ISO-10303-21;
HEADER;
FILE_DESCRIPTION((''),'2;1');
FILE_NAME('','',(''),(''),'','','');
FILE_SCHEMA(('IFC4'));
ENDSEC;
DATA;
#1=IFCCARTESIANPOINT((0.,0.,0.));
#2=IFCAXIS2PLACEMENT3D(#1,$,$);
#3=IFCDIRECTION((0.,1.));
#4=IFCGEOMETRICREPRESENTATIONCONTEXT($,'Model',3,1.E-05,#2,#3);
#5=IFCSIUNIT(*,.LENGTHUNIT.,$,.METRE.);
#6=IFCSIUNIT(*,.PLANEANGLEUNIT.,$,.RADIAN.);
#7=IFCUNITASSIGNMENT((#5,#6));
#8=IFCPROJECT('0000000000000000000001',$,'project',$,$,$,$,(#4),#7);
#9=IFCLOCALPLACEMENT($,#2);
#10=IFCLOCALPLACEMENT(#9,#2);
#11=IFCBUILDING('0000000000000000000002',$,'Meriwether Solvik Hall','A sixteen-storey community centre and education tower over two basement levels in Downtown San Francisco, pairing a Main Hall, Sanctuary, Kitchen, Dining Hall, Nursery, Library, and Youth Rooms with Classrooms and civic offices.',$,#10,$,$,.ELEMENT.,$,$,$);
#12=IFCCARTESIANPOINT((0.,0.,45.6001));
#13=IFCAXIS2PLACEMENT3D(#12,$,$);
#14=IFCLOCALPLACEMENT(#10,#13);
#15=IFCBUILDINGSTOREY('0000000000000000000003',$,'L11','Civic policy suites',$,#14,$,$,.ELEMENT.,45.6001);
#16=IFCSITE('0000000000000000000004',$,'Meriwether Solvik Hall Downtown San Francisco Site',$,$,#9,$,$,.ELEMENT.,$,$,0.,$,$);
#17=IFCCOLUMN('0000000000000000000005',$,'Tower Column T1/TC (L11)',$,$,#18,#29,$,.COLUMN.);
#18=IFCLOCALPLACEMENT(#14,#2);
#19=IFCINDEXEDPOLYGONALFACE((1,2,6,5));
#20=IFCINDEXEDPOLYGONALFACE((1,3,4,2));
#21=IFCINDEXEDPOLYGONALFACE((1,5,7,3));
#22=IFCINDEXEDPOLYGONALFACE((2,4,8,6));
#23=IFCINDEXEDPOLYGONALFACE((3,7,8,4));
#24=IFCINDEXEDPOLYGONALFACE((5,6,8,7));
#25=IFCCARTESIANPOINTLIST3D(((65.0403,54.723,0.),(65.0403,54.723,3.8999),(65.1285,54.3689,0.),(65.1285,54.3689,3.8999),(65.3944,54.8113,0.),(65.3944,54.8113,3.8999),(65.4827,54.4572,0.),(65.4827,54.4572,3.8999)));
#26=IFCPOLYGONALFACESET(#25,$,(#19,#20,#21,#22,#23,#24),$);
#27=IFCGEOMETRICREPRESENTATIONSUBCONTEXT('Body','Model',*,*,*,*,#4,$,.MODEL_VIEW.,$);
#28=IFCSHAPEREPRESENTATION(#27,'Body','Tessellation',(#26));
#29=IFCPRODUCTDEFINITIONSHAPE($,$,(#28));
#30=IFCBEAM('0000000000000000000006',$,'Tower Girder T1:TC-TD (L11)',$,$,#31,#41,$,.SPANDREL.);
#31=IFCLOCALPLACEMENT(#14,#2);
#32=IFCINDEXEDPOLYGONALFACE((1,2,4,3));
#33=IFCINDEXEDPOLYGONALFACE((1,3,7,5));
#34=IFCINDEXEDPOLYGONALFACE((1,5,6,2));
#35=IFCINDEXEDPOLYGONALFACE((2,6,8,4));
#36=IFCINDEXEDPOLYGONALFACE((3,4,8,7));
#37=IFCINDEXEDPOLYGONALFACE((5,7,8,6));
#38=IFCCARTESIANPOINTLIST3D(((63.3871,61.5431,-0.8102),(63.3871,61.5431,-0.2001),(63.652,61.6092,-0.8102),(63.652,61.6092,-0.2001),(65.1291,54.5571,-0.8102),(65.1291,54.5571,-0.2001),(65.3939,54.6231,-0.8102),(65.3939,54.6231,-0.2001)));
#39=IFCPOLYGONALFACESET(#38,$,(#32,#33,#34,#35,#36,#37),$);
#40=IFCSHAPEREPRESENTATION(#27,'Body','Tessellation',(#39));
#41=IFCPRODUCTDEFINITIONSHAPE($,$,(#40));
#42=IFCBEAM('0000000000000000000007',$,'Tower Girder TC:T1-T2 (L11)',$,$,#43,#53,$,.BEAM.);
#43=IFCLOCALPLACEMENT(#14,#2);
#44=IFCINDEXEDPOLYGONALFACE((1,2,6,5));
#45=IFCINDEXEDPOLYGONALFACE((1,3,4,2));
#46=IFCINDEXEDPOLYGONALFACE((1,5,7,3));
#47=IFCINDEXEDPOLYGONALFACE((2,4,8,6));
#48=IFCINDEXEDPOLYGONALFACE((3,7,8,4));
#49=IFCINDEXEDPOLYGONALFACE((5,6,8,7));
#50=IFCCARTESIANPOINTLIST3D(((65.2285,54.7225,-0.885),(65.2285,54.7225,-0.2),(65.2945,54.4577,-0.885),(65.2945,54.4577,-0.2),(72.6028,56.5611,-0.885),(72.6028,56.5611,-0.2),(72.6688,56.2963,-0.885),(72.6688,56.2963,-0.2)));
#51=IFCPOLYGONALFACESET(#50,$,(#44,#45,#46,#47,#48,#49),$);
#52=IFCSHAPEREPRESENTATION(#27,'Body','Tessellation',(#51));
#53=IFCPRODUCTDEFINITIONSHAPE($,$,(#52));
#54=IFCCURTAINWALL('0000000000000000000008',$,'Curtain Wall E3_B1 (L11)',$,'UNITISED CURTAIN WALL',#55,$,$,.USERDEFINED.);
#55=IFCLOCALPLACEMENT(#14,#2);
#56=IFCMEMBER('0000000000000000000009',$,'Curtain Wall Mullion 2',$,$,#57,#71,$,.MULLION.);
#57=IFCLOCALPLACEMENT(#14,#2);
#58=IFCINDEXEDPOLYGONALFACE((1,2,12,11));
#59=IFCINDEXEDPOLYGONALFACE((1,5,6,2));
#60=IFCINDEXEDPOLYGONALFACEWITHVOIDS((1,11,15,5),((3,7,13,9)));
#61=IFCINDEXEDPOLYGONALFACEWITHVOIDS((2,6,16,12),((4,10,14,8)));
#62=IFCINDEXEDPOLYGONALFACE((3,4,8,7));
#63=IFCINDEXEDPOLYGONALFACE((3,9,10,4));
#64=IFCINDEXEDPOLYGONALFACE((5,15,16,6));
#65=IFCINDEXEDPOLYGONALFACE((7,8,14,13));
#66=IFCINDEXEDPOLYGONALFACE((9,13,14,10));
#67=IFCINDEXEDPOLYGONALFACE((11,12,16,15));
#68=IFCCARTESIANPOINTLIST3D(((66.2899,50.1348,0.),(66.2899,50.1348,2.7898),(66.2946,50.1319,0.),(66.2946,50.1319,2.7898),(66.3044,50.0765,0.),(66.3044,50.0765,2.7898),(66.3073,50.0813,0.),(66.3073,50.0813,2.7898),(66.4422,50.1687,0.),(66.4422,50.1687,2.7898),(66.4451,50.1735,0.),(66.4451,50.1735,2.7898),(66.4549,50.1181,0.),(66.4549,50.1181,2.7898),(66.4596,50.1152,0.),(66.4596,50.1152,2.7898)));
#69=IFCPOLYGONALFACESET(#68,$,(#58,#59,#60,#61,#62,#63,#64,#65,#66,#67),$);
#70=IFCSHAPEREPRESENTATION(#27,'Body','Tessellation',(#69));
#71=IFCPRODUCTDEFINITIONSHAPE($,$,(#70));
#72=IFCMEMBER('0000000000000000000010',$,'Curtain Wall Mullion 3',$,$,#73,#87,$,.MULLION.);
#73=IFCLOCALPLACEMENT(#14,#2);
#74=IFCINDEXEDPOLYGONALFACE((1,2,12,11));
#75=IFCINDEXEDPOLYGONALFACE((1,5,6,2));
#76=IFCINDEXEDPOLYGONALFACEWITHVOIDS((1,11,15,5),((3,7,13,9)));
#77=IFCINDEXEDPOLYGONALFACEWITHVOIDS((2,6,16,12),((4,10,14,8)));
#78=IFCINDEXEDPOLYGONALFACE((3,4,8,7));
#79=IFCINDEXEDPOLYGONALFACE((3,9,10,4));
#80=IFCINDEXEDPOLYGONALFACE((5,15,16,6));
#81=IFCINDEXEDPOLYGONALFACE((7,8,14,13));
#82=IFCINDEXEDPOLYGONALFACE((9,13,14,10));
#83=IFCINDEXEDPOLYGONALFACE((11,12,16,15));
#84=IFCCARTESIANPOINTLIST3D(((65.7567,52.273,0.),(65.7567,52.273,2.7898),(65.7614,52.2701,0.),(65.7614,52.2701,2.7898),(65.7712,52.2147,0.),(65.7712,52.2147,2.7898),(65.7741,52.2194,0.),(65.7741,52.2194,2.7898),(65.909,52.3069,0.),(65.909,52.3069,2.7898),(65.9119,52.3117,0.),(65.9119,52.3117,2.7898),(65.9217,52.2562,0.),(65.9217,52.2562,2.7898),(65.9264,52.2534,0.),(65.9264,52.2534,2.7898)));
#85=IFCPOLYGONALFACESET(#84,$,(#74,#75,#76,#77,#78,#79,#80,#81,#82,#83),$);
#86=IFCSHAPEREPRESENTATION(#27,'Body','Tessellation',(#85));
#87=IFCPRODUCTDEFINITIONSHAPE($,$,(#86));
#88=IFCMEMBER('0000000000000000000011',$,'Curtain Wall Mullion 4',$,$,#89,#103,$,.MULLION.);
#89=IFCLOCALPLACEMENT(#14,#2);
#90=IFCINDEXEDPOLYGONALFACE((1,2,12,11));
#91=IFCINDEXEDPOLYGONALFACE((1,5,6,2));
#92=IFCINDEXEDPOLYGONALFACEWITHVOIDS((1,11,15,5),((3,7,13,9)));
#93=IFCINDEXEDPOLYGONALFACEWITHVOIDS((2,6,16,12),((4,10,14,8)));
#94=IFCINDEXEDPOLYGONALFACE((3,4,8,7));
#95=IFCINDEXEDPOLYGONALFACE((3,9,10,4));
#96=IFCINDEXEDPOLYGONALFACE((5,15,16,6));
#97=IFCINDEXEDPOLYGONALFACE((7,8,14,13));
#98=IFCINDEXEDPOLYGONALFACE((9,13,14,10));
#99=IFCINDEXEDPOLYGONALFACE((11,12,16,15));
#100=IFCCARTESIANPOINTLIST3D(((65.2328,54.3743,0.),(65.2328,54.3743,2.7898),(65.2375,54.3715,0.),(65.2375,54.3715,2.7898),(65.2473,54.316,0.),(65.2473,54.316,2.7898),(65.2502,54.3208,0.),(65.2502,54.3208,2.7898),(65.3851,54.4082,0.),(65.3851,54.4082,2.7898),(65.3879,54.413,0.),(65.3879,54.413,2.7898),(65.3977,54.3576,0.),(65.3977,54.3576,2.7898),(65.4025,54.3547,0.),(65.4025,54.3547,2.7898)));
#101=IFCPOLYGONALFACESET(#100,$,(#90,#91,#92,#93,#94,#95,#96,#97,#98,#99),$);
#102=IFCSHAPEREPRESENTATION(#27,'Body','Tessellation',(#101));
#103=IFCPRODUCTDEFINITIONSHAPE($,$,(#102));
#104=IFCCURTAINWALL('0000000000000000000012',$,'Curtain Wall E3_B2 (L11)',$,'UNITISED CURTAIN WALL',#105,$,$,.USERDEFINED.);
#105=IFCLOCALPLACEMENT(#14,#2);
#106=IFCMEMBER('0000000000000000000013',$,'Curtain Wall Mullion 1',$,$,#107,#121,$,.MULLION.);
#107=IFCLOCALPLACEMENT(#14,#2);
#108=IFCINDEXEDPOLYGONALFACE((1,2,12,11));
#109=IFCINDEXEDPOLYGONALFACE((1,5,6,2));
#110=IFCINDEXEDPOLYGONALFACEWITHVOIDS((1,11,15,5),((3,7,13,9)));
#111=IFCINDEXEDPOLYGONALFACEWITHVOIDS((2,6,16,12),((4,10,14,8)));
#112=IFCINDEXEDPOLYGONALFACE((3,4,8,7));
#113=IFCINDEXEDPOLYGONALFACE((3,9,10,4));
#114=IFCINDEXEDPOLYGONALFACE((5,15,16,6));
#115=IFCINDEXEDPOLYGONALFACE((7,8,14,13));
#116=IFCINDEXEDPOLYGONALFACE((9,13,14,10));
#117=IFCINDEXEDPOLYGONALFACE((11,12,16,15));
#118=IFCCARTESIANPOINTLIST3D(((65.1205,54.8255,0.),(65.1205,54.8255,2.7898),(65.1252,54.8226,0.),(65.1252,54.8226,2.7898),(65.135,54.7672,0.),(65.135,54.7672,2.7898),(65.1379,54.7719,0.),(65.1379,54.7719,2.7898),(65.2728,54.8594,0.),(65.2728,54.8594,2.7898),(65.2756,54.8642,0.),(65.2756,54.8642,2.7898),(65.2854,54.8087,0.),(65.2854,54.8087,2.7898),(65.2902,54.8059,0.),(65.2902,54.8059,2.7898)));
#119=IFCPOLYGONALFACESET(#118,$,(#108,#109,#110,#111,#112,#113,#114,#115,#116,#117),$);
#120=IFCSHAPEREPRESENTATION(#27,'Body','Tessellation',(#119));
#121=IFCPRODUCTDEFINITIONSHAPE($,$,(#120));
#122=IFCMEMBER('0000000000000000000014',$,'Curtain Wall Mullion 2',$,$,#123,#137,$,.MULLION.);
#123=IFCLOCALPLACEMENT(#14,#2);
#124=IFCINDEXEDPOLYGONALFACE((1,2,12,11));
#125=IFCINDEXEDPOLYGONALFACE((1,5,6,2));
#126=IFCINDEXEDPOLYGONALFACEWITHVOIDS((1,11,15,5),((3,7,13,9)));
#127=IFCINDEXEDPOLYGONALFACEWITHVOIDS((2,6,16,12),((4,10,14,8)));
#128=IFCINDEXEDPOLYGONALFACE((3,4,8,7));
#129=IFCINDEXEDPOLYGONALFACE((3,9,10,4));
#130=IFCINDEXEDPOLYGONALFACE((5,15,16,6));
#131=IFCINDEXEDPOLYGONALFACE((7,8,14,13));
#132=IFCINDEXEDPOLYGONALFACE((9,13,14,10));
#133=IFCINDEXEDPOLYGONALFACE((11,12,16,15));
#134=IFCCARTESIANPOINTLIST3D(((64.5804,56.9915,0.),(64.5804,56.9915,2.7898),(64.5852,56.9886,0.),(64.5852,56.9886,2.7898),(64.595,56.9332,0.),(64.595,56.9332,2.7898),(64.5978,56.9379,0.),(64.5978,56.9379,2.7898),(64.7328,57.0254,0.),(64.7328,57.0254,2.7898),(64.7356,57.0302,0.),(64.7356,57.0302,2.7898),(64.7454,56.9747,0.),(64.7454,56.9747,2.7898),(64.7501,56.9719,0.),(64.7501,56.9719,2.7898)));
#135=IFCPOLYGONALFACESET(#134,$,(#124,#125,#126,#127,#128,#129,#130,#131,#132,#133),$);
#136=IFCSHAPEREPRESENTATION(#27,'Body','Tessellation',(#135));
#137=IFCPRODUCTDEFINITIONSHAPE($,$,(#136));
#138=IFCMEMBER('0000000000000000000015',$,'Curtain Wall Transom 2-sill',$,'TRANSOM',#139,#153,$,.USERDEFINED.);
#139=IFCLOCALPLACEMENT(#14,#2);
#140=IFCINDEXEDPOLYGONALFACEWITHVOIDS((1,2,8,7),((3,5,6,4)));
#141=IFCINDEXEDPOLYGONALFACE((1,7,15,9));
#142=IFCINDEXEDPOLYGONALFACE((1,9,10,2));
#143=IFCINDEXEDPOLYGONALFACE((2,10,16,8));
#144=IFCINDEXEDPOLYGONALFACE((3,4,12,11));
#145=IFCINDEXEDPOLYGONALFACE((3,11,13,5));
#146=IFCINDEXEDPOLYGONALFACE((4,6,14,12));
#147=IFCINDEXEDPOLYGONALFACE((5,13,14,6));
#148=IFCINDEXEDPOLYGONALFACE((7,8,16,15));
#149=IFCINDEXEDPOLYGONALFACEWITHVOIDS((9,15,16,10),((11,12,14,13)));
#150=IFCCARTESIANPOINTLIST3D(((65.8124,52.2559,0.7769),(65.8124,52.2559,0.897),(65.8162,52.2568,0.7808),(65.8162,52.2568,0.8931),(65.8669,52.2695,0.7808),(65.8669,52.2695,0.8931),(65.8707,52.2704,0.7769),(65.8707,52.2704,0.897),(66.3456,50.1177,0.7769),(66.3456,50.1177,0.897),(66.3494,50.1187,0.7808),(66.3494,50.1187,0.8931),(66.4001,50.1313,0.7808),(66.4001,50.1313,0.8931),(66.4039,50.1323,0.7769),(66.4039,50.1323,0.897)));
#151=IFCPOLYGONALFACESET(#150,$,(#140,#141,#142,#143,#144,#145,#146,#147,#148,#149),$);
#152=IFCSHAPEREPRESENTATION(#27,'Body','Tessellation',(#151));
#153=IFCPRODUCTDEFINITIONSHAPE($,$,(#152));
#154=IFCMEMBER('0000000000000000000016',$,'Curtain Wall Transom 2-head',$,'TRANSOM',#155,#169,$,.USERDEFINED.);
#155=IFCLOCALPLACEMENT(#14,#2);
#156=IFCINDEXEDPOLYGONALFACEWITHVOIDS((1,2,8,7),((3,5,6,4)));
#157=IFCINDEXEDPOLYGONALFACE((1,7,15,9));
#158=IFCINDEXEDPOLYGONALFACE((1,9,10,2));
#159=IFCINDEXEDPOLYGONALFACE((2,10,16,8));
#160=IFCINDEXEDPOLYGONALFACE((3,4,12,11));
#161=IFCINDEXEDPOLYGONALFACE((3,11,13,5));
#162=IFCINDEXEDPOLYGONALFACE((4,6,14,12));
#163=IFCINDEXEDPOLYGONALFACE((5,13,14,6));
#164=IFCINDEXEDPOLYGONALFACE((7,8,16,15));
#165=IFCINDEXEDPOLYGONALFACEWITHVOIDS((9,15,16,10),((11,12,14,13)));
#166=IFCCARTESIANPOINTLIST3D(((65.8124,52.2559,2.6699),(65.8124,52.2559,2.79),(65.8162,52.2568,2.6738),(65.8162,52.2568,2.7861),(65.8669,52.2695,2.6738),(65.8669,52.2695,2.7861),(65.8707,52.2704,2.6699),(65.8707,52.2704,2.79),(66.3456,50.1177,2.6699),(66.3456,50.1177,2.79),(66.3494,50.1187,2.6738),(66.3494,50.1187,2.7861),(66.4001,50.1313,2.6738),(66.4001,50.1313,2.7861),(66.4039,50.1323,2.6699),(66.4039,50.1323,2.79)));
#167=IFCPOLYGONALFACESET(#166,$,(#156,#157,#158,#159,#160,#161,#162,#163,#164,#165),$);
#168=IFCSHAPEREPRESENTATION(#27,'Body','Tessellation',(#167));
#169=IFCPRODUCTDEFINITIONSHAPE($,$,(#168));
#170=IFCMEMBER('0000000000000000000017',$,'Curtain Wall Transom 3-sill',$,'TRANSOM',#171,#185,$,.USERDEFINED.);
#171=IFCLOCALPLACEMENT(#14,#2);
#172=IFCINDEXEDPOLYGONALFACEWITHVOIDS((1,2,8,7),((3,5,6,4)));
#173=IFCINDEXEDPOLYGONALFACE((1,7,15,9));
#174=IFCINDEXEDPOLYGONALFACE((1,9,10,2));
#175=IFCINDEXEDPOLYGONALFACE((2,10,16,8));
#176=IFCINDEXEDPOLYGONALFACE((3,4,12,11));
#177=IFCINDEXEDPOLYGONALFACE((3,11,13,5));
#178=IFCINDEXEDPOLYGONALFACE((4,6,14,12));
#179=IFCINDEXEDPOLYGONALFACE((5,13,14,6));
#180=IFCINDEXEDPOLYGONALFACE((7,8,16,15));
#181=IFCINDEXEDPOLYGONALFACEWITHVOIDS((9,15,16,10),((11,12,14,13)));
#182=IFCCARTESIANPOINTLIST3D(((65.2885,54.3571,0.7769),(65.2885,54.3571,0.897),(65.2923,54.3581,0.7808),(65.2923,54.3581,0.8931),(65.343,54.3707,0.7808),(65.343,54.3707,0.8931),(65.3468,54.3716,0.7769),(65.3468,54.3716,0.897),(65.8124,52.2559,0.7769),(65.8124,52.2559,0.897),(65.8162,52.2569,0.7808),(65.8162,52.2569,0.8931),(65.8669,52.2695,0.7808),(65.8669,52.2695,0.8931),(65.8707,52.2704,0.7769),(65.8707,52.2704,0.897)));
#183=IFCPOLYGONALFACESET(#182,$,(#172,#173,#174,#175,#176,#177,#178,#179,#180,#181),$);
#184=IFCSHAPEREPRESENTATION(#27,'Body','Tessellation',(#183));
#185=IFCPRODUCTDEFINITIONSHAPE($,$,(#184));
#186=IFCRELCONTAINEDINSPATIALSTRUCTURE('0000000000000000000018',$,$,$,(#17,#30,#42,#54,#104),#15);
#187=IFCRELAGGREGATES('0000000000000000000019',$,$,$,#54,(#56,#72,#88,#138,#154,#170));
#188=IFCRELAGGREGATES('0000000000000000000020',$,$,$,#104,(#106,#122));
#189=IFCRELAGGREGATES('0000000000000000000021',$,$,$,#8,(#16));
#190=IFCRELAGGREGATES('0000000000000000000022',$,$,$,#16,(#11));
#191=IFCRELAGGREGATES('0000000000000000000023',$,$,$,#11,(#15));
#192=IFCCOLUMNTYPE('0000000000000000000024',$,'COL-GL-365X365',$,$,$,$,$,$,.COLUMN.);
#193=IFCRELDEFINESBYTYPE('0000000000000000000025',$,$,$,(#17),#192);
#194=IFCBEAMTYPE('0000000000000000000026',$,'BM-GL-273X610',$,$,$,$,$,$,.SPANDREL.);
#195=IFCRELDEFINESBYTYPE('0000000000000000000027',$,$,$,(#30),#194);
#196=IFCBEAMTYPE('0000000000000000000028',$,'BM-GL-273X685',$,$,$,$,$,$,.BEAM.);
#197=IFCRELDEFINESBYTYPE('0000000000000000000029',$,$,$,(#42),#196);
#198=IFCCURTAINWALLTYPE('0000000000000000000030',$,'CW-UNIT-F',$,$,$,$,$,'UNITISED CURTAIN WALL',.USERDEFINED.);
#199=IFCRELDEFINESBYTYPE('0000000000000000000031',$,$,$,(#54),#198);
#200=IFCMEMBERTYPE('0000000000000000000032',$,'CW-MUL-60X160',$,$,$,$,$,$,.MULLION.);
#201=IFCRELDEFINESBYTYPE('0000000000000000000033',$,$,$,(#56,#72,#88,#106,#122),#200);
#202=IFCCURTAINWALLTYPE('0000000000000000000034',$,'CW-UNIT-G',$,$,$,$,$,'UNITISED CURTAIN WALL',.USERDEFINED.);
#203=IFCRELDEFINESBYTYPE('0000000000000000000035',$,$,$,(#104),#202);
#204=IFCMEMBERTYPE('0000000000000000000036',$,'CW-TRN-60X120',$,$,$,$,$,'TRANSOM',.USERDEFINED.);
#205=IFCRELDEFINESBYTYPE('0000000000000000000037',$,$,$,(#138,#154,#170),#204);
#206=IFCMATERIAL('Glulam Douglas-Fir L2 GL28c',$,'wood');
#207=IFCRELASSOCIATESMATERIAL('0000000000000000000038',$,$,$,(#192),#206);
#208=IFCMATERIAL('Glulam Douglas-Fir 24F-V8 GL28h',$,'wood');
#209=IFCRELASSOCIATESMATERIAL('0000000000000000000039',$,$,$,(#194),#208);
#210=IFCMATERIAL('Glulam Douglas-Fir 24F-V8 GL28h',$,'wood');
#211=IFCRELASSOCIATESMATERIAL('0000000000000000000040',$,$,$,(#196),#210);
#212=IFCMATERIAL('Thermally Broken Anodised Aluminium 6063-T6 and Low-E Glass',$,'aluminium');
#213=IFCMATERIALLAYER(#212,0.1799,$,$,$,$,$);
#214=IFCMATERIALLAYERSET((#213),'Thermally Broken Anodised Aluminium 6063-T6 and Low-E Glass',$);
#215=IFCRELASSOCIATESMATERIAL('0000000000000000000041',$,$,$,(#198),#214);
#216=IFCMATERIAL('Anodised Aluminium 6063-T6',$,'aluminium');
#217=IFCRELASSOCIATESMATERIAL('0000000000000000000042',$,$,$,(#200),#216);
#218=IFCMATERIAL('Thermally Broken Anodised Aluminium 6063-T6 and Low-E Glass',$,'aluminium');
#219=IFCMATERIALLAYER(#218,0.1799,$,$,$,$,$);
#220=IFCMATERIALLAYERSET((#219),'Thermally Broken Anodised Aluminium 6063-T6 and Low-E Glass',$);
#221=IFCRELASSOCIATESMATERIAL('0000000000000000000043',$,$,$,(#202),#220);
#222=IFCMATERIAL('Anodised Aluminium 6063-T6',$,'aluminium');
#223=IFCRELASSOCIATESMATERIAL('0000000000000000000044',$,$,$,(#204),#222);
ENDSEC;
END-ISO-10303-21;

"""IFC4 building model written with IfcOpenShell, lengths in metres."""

from ifc_helpers import new_model, si_unit, direction, frame, origin, origin_2d, place, context, subcontext, project, spatial, rectangle, hollow_rectangle, extrude, material, layer, layer_set, material_profile, profile_set, type_object, element, aggregate, save


model = new_model("IFC4")

# Units and contexts
model_context = context("Model", 3, precision=1e-05, world=origin(), true_north=direction((0.0, 1.0)))
body_context = subcontext(model_context, "Body", "Model", "MODEL_VIEW")
ifc_project = project(units=[si_unit("LENGTHUNIT", "METRE"), si_unit("PLANEANGLEUNIT", "RADIAN")], contexts=[model_context])

# Site, building, storey
site_placement = place(None, origin())
site = spatial("IfcSite", under=ifc_project, at=site_placement, Name="Meriwether Solvik Hall Downtown San Francisco Site", CompositionType="ELEMENT", RefElevation=0.0)
building_placement = place(site_placement, origin())
building = spatial("IfcBuilding", under=site, at=building_placement, Name="Meriwether Solvik Hall", Description="A sixteen-storey community centre and education tower over two basement levels in Downtown San Francisco, pairing a Main Hall, Sanctuary, Kitchen, Dining Hall, Nursery, Library, and Youth Rooms with Classrooms and civic offices.", CompositionType="ELEMENT")
storey_placement = place(building_placement, frame((0.0, 0.0, 45.6001)))
storey = spatial("IfcBuildingStorey", under=building, at=storey_placement, Name="L11", Description="Civic policy suites", CompositionType="ELEMENT", Elevation=45.6001)

# Column
ifc_material_1 = material(Name="Glulam Douglas-Fir L2 GL28c", Category="wood")
ifc_material_profile_1 = material_profile(ifc_material_1, rectangle(XDim=0.365, YDim=0.365, at=origin_2d()), Name="GLC-365X365")
ifc_profile_set_1 = profile_set([ifc_material_profile_1], Name="Glulam Douglas-Fir L2 GL28c")
column_type = type_object("IfcColumnType", Name="COL-GL-365X365", PredefinedType="COLUMN", material=ifc_profile_set_1)
column_placement = place(storey_placement, frame((65.2615, 54.5901, 0.0), z_axis=(0.0, 0.0, 1.0), x_axis=(0.970296, 0.241922, 0.0)))
element("IfcColumn", 1, at=column_placement, inside=storey, type_object=column_type, Name="Tower Column T1/TC (L11)", PredefinedType="COLUMN", context=body_context, shape_type="SweptSolid", body=[
    extrude(rectangle(XDim=0.365, YDim=0.365, at=origin_2d()), origin(), (0.0, 0.0, 1.0), 3.8999),
])

# Beams
ifc_material_2 = material(Name="Glulam Douglas-Fir 24F-V8 GL28h", Category="wood")
ifc_material_profile_2 = material_profile(ifc_material_2, rectangle(XDim=0.2729, YDim=0.6101, at=origin_2d()), Name="GLB-273X610")
ifc_profile_set_2 = profile_set([ifc_material_profile_2], Name="Glulam Douglas-Fir 24F-V8 GL28h")
beam_type_1 = type_object("IfcBeamType", Name="BM-GL-273X610", PredefinedType="SPANDREL", material=ifc_profile_set_2)
beam_1_placement = place(storey_placement, frame((65.2615, 54.5901, -0.5051), z_axis=(-0.241937, 0.970292, 0.0), x_axis=(-0.970292, -0.241937, 0.0)))
element("IfcBeam", 2, at=beam_1_placement, inside=storey, type_object=beam_type_1, Name="Tower Girder T1:TC-TD (L11)", PredefinedType="SPANDREL", context=body_context, shape_type="SweptSolid", body=[
    extrude(rectangle(XDim=0.2729, YDim=0.6101, at=origin_2d()), origin(), (0.0, 0.0, 1.0), 7.2),
])
ifc_material_3 = material(Name="Glulam Douglas-Fir 24F-V8 GL28h", Category="wood")
ifc_material_profile_3 = material_profile(ifc_material_3, rectangle(XDim=0.2729, YDim=0.6851, at=origin_2d()), Name="GLB-273X685")
ifc_profile_set_3 = profile_set([ifc_material_profile_3], Name="Glulam Douglas-Fir 24F-V8 GL28h")
beam_type_2 = type_object("IfcBeamType", Name="BM-GL-273X685", PredefinedType="BEAM", material=ifc_profile_set_3)
beam_2_placement = place(storey_placement, frame((65.2615, 54.5901, -0.5425), z_axis=(0.970295, 0.241923, 0.0), x_axis=(-0.241923, 0.970295, 0.0)))
element("IfcBeam", 3, at=beam_2_placement, inside=storey, type_object=beam_type_2, Name="Tower Girder TC:T1-T2 (L11)", PredefinedType="BEAM", context=body_context, shape_type="SweptSolid", body=[
    extrude(rectangle(XDim=0.2729, YDim=0.6851, at=origin_2d()), origin(), (0.0, 0.0, 1.0), 7.6001),
])

# Curtain walls, members
ifc_material_4 = material(Name="Thermally Broken Anodised Aluminium 6063-T6 and Low-E Glass", Category="aluminium")
ifc_layer_1 = layer(ifc_material_4, 0.1799)
ifc_layer_set_1 = layer_set([ifc_layer_1], Name="Thermally Broken Anodised Aluminium 6063-T6 and Low-E Glass")
curtain_wall_type_1 = type_object("IfcCurtainWallType", Name="CW-UNIT-F", ElementType="UNITISED CURTAIN WALL", PredefinedType="USERDEFINED", material=ifc_layer_set_1)
curtain_wall_1_placement = place(storey_placement, origin())
curtain_wall_1 = element("IfcCurtainWall", 4, at=curtain_wall_1_placement, inside=storey, type_object=curtain_wall_type_1, Name="Curtain Wall E3_B1 (L11)", ObjectType="UNITISED CURTAIN WALL", PredefinedType="USERDEFINED")
ifc_material_5 = material(Name="Anodised Aluminium 6063-T6", Category="aluminium")
ifc_material_profile_4 = material_profile(ifc_material_5, hollow_rectangle(XDim=0.0601, YDim=0.1599, WallThickness=0.0039, at=origin_2d()), Name="CWM-60X160")
ifc_profile_set_4 = profile_set([ifc_material_profile_4], Name="Anodised Aluminium 6063-T6")
member_type_1 = type_object("IfcMemberType", Name="CW-MUL-60X160", PredefinedType="MULLION", material=ifc_profile_set_4)
member_1_placement = place(storey_placement, frame((66.3748, 50.125, 0.0), z_axis=(0.0, 0.0, 1.0), x_axis=(-0.241922, 0.970296, 0.0)))
member_1 = element("IfcMember", 5, at=member_1_placement, type_object=member_type_1, Name="Curtain Wall Mullion 2", PredefinedType="MULLION", context=body_context, shape_type="SweptSolid", body=[
    extrude(hollow_rectangle(XDim=0.0601, YDim=0.1599, WallThickness=0.0039, at=origin_2d()), origin(), (0.0, 0.0, 1.0), 2.7898),
])
member_2_placement = place(storey_placement, frame((65.8416, 52.2632, 0.0), z_axis=(0.0, 0.0, 1.0), x_axis=(-0.241922, 0.970296, 0.0)))
member_2 = element("IfcMember", 6, at=member_2_placement, type_object=member_type_1, Name="Curtain Wall Mullion 3", PredefinedType="MULLION", context=body_context, shape_type="SweptSolid", body=[
    extrude(hollow_rectangle(XDim=0.0601, YDim=0.1599, WallThickness=0.0039, at=origin_2d()), origin(), (0.0, 0.0, 1.0), 2.7898),
])
member_3_placement = place(storey_placement, frame((65.3176, 54.3645, 0.0), z_axis=(0.0, 0.0, 1.0), x_axis=(-0.241922, 0.970296, 0.0)))
member_3 = element("IfcMember", 7, at=member_3_placement, type_object=member_type_1, Name="Curtain Wall Mullion 4", PredefinedType="MULLION", context=body_context, shape_type="SweptSolid", body=[
    extrude(hollow_rectangle(XDim=0.0601, YDim=0.1599, WallThickness=0.0039, at=origin_2d()), origin(), (0.0, 0.0, 1.0), 2.7898),
])
ifc_material_6 = material(Name="Thermally Broken Anodised Aluminium 6063-T6 and Low-E Glass", Category="aluminium")
ifc_layer_2 = layer(ifc_material_6, 0.1799)
ifc_layer_set_2 = layer_set([ifc_layer_2], Name="Thermally Broken Anodised Aluminium 6063-T6 and Low-E Glass")
curtain_wall_type_2 = type_object("IfcCurtainWallType", Name="CW-UNIT-G", ElementType="UNITISED CURTAIN WALL", PredefinedType="USERDEFINED", material=ifc_layer_set_2)
curtain_wall_2_placement = place(storey_placement, origin())
curtain_wall_2 = element("IfcCurtainWall", 8, at=curtain_wall_2_placement, inside=storey, type_object=curtain_wall_type_2, Name="Curtain Wall E3_B2 (L11)", ObjectType="UNITISED CURTAIN WALL", PredefinedType="USERDEFINED")
member_4_placement = place(storey_placement, frame((65.2053, 54.8157, 0.0), z_axis=(0.0, 0.0, 1.0), x_axis=(-0.241922, 0.970296, 0.0)))
member_4 = element("IfcMember", 9, at=member_4_placement, type_object=member_type_1, Name="Curtain Wall Mullion 1", PredefinedType="MULLION", context=body_context, shape_type="SweptSolid", body=[
    extrude(hollow_rectangle(XDim=0.0601, YDim=0.1599, WallThickness=0.0039, at=origin_2d()), origin(), (0.0, 0.0, 1.0), 2.7898),
])
member_5_placement = place(storey_placement, frame((64.6653, 56.9817, 0.0), z_axis=(0.0, 0.0, 1.0), x_axis=(-0.241922, 0.970296, 0.0)))
member_5 = element("IfcMember", 10, at=member_5_placement, type_object=member_type_1, Name="Curtain Wall Mullion 2", PredefinedType="MULLION", context=body_context, shape_type="SweptSolid", body=[
    extrude(hollow_rectangle(XDim=0.0601, YDim=0.1599, WallThickness=0.0039, at=origin_2d()), origin(), (0.0, 0.0, 1.0), 2.7898),
])

# Members
ifc_material_7 = material(Name="Anodised Aluminium 6063-T6", Category="aluminium")
ifc_material_profile_5 = material_profile(ifc_material_7, hollow_rectangle(XDim=0.0601, YDim=0.1201, WallThickness=0.0039, at=origin_2d()), Name="CWT-60X120")
ifc_profile_set_5 = profile_set([ifc_material_profile_5], Name="Anodised Aluminium 6063-T6")
member_type_2 = type_object("IfcMemberType", Name="CW-TRN-60X120", ElementType="TRANSOM", PredefinedType="USERDEFINED", material=ifc_profile_set_5)
member_6_placement = place(storey_placement, frame((66.3748, 50.125, 0.8369), z_axis=(-0.241962, 0.970286, 0.0), x_axis=(-0.970286, -0.241962, 0.0)))
member_6 = element("IfcMember", 11, at=member_6_placement, type_object=member_type_2, Name="Curtain Wall Transom 2-sill", ObjectType="TRANSOM", PredefinedType="USERDEFINED", context=body_context, shape_type="SweptSolid", body=[
    extrude(hollow_rectangle(XDim=0.0601, YDim=0.1201, WallThickness=0.0039, at=origin_2d()), origin(), (0.0, 0.0, 1.0), 2.2036),
])
member_7_placement = place(storey_placement, frame((66.3748, 50.125, 2.73), z_axis=(-0.241962, 0.970286, 0.0), x_axis=(-0.970286, -0.241962, 0.0)))
member_7 = element("IfcMember", 12, at=member_7_placement, type_object=member_type_2, Name="Curtain Wall Transom 2-head", ObjectType="TRANSOM", PredefinedType="USERDEFINED", context=body_context, shape_type="SweptSolid", body=[
    extrude(hollow_rectangle(XDim=0.0601, YDim=0.1201, WallThickness=0.0039, at=origin_2d()), origin(), (0.0, 0.0, 1.0), 2.2036),
])
member_8_placement = place(storey_placement, frame((65.8416, 52.2632, 0.8369), z_axis=(-0.241925, 0.970295, 0.0), x_axis=(-0.970295, -0.241925, 0.0)))
member_8 = element("IfcMember", 13, at=member_8_placement, type_object=member_type_2, Name="Curtain Wall Transom 3-sill", ObjectType="TRANSOM", PredefinedType="USERDEFINED", context=body_context, shape_type="SweptSolid", body=[
    extrude(hollow_rectangle(XDim=0.0601, YDim=0.1201, WallThickness=0.0039, at=origin_2d()), origin(), (0.0, 0.0, 1.0), 2.1655),
])

aggregate(curtain_wall_1, [member_1, member_2, member_3, member_6, member_7, member_8])
aggregate(curtain_wall_2, [member_4, member_5])

save(model, "model.ifc")
